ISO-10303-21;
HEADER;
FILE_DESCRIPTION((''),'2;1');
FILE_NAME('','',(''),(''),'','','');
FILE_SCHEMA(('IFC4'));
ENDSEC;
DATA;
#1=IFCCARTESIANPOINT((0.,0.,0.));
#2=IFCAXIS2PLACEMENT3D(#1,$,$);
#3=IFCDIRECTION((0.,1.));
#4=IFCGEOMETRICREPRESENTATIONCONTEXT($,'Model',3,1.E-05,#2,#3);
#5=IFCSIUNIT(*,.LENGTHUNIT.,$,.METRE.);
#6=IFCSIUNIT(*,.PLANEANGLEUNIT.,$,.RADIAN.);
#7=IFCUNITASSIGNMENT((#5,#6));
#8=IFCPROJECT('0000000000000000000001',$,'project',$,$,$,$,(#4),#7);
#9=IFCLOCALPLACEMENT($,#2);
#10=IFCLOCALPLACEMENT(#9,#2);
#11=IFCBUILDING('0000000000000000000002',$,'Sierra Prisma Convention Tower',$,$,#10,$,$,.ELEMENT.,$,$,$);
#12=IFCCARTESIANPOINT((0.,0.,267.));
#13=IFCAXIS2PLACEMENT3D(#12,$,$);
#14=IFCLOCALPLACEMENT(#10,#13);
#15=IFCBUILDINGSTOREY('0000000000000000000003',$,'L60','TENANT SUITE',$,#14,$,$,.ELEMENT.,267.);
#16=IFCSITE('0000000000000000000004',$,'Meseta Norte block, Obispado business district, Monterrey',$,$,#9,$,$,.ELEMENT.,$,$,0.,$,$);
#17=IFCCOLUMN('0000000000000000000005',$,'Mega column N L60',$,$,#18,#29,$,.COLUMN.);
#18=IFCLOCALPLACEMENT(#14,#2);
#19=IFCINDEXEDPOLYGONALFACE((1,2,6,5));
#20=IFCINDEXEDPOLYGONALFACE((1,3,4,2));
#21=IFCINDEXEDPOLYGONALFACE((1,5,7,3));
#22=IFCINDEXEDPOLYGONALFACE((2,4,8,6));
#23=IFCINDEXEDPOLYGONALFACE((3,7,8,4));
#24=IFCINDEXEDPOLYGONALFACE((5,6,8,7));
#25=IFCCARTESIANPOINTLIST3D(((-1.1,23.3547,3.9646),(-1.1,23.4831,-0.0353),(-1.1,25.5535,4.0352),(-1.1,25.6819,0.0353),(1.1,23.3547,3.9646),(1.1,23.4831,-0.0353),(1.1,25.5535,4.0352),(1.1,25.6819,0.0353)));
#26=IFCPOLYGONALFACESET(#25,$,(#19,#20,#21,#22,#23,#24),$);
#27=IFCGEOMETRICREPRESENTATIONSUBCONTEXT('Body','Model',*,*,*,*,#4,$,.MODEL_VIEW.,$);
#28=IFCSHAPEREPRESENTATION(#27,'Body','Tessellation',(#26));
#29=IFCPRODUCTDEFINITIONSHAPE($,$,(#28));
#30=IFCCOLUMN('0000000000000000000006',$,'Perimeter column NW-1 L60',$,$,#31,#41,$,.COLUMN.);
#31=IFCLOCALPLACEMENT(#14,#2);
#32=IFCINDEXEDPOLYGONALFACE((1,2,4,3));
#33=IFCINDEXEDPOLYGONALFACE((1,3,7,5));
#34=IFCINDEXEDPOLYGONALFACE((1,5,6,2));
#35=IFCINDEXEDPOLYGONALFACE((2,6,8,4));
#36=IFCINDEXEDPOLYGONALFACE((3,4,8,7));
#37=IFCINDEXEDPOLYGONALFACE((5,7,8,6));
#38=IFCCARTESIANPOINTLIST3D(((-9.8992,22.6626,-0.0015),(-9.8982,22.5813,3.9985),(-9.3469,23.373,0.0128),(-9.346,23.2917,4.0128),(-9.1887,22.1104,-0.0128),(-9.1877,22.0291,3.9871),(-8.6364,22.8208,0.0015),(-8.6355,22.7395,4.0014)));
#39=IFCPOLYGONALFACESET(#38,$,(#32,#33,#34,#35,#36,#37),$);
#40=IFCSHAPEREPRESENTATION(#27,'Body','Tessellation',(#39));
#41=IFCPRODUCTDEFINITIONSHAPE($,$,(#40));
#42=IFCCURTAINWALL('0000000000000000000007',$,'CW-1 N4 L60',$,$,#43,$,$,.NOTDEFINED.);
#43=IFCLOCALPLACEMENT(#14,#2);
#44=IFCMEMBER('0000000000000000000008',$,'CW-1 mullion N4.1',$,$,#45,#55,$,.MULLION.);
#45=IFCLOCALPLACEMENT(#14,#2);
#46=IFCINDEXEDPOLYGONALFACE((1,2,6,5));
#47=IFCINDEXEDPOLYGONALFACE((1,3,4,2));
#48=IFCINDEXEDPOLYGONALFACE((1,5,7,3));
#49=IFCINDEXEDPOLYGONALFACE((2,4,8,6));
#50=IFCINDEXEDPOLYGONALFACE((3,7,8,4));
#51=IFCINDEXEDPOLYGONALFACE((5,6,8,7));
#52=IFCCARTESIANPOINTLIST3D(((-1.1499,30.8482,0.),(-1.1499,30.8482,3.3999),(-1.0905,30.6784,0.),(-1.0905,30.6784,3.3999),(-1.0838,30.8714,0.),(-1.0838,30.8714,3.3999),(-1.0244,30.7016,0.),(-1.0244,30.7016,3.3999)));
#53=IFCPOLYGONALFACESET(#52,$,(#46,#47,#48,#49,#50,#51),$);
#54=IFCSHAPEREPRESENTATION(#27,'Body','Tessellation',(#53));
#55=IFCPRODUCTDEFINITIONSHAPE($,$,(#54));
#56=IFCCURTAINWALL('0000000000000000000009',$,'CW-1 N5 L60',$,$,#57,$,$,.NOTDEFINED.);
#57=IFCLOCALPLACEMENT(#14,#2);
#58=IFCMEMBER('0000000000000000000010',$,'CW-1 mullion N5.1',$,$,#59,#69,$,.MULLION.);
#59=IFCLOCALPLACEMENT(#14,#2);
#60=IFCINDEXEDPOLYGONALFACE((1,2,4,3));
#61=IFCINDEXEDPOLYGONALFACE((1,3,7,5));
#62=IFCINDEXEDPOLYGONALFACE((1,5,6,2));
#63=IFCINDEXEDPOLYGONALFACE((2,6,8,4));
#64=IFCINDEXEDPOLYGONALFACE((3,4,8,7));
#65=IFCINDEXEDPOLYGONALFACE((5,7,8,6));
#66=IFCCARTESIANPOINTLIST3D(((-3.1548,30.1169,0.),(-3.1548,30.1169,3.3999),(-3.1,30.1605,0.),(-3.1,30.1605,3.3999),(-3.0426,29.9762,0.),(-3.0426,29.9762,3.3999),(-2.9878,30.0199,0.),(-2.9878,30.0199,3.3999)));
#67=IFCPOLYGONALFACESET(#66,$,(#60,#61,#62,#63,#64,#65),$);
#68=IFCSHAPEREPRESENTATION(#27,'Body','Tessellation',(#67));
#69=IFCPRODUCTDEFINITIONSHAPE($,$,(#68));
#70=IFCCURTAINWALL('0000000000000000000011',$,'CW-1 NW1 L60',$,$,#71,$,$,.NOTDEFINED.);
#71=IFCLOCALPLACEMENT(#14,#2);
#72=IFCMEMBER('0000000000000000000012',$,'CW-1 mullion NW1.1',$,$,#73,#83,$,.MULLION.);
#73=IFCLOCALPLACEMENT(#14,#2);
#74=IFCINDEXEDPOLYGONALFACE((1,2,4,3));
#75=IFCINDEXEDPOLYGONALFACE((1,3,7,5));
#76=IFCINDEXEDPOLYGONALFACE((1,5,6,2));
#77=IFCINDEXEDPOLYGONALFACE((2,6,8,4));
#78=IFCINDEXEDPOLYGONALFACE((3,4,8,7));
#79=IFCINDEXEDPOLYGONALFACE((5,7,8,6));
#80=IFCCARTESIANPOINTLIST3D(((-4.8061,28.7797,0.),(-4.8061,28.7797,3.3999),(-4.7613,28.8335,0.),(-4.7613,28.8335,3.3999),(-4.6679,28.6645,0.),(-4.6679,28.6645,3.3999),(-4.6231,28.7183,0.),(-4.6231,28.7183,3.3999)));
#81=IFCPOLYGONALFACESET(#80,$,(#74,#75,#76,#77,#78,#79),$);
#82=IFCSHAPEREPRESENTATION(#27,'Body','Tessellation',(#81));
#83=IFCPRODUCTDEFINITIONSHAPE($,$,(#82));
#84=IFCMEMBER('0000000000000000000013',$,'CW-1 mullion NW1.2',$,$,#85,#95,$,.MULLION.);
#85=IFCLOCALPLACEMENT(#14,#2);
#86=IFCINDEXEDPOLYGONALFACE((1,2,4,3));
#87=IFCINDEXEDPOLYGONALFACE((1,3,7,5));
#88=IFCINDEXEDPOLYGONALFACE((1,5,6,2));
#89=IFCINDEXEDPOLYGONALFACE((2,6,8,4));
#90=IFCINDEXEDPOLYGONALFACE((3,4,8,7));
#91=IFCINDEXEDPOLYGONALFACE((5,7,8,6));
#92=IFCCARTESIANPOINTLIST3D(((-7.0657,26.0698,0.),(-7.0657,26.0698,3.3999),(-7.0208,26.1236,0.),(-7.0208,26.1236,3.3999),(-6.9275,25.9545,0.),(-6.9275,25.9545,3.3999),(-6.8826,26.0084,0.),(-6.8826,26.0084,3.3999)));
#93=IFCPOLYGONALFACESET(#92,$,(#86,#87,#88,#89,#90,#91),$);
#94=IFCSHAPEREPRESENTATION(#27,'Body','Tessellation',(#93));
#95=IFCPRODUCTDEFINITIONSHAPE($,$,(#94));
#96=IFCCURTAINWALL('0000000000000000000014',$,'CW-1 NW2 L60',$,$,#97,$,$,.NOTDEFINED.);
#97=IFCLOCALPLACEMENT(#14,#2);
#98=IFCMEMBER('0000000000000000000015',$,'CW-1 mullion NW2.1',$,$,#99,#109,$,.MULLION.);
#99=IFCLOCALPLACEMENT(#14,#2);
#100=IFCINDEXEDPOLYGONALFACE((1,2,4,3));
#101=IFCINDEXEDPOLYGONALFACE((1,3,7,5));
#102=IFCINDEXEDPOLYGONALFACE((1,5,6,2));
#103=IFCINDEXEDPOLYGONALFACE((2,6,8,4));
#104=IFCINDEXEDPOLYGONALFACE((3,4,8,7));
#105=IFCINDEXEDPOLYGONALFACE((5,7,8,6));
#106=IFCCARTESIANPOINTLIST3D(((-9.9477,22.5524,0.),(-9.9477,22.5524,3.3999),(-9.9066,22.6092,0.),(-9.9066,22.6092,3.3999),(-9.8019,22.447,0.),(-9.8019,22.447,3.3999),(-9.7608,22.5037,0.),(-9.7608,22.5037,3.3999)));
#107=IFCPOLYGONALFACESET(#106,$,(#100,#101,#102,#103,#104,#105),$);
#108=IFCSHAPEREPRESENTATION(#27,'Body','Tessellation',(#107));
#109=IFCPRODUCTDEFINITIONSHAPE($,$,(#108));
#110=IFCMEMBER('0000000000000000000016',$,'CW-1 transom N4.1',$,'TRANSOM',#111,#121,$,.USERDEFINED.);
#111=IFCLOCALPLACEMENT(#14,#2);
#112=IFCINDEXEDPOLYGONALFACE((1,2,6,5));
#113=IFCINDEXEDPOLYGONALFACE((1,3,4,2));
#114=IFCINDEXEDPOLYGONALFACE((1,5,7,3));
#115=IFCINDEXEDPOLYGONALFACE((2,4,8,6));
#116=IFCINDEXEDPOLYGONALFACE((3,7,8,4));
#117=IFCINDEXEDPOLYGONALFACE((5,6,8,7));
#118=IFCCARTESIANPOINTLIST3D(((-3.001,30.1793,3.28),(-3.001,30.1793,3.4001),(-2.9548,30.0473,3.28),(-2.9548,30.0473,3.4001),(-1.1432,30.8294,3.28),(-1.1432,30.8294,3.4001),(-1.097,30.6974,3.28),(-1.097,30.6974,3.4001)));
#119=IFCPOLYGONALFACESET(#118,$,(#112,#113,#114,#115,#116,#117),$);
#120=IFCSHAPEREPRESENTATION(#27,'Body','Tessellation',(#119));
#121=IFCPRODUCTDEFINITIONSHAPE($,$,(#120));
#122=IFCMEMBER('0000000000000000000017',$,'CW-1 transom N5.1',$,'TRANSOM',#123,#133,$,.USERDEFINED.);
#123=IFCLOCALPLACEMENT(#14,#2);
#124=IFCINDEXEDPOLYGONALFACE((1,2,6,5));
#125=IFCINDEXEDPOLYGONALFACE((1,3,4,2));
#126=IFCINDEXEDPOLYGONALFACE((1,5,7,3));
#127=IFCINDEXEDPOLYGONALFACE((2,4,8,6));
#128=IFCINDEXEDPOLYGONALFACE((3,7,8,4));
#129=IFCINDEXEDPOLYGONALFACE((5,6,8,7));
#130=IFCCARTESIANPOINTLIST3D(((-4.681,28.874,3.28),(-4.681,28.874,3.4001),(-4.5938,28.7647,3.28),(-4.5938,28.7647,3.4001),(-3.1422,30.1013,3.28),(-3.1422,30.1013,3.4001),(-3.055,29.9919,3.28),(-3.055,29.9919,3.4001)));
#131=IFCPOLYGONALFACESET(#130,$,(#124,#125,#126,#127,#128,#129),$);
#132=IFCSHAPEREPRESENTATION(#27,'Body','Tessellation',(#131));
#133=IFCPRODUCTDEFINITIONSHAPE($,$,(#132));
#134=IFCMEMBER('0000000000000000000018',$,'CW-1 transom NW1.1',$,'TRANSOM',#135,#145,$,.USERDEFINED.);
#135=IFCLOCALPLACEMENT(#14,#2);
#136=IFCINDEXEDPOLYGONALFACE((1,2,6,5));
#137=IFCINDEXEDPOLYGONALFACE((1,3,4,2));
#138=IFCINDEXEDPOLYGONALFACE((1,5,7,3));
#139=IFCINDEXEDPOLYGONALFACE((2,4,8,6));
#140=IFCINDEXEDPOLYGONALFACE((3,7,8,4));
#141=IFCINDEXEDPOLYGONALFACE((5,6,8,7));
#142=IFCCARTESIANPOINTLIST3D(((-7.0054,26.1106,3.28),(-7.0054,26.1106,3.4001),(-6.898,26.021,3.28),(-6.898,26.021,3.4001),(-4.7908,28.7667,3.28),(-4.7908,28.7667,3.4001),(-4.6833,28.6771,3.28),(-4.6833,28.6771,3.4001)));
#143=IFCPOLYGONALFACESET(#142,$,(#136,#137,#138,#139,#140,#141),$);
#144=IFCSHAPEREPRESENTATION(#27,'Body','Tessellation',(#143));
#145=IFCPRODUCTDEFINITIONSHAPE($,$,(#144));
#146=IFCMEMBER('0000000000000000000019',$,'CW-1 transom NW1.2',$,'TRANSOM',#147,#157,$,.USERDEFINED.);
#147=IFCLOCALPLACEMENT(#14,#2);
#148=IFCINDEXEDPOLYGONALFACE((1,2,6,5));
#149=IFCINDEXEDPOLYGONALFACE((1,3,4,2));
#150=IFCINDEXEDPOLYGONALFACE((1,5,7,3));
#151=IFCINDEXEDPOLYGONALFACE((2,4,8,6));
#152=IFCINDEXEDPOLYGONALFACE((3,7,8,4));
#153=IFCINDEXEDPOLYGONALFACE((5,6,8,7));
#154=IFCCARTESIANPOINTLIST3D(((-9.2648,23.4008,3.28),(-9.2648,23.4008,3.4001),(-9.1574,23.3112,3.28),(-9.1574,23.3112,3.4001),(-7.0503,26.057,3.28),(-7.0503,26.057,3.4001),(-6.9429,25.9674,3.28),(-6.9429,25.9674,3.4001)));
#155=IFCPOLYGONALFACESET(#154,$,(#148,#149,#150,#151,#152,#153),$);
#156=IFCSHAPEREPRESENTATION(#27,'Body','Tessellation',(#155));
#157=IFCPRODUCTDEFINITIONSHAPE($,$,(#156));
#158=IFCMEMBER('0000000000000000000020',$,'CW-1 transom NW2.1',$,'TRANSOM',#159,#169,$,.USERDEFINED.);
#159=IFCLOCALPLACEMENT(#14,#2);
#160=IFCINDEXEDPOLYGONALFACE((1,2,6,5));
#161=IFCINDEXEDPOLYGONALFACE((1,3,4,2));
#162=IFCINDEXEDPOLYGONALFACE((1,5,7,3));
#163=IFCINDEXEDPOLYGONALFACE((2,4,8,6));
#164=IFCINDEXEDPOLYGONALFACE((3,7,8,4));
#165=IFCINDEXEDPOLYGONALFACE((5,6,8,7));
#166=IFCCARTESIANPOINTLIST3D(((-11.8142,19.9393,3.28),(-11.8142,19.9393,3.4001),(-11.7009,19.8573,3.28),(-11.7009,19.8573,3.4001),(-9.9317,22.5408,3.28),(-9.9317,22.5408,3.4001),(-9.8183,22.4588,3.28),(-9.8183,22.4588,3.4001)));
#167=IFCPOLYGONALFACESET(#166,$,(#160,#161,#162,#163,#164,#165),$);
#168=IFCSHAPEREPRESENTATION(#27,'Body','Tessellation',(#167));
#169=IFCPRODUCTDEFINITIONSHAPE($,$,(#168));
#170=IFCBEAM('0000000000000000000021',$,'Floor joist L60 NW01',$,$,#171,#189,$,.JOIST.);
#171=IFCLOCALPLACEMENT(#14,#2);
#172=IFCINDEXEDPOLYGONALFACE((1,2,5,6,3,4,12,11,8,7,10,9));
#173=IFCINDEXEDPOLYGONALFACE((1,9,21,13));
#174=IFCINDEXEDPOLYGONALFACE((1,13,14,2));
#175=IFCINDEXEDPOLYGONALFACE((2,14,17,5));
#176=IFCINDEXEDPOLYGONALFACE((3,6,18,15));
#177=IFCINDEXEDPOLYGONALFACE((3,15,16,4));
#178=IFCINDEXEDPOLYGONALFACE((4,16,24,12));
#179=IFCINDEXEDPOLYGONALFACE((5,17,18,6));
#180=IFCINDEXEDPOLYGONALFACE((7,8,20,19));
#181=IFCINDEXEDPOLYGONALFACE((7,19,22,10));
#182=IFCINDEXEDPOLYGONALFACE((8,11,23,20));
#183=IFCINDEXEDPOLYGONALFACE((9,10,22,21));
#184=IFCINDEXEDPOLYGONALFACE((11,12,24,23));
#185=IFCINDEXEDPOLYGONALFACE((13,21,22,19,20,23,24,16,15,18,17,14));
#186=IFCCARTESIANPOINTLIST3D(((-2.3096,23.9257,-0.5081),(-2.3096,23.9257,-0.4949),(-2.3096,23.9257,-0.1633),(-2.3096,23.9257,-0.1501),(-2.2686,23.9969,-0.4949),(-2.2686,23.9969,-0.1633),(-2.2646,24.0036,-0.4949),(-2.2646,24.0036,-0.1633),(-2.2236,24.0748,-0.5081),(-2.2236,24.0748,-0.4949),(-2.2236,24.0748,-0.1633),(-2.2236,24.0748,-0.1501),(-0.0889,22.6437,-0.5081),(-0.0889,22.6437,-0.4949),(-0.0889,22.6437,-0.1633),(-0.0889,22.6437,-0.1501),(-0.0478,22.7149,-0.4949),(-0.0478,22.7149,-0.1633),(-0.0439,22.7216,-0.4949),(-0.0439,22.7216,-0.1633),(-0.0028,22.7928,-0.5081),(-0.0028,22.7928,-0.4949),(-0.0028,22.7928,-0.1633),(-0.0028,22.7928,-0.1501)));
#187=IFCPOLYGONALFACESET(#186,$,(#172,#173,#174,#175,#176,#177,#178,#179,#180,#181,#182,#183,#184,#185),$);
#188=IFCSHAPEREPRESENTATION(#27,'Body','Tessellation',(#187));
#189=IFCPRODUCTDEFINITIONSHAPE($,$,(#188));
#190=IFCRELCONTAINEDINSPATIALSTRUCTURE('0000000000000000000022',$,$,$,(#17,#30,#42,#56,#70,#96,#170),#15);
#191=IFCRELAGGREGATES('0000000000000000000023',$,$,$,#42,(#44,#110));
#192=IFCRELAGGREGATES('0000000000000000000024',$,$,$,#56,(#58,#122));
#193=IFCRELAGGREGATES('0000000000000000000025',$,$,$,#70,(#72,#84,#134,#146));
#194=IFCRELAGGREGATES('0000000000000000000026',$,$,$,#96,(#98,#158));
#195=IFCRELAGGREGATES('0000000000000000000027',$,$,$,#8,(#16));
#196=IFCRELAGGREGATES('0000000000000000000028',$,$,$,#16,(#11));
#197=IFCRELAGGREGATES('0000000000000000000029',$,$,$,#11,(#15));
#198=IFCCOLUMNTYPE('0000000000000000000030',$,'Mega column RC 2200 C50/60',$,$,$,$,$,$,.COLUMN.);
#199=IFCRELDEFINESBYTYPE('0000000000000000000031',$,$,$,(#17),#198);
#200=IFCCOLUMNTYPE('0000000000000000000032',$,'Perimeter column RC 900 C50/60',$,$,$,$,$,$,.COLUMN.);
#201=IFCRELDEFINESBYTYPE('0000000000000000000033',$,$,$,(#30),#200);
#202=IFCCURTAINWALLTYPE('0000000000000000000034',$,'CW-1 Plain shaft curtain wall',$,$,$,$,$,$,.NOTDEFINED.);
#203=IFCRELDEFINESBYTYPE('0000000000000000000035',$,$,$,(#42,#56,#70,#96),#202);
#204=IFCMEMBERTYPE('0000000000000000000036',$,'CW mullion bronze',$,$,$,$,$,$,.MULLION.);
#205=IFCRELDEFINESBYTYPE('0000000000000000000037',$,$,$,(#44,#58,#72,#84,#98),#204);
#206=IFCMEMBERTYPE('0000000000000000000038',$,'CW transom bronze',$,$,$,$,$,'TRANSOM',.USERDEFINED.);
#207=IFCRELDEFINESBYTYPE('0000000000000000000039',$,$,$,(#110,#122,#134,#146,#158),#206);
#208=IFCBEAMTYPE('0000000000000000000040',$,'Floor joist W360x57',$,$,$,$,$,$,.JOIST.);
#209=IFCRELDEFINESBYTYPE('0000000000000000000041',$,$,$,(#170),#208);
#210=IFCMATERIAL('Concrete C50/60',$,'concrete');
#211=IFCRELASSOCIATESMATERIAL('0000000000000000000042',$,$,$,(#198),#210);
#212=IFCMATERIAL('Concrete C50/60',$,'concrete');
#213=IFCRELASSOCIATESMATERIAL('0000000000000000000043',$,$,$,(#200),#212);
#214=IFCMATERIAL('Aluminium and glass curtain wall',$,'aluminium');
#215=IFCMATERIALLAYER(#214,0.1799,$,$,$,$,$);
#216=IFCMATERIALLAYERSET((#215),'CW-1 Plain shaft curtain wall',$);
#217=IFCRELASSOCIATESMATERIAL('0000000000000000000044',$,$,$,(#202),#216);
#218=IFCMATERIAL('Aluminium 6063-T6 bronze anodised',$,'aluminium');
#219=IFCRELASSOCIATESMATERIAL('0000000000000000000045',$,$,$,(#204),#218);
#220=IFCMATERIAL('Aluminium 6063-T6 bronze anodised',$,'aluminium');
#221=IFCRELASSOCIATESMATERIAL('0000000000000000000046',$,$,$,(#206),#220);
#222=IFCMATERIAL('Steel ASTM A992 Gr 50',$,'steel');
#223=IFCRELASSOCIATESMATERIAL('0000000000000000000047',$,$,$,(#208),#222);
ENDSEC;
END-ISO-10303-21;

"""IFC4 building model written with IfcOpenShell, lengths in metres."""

from ifc_helpers import new_model, si_unit, direction, frame, origin, origin_2d, place, context, subcontext, project, spatial, rectangle, i_section, extrude, material, layer, layer_set, material_profile, profile_set, type_object, element, aggregate, save


model = new_model("IFC4")

# Units and contexts
model_context = context("Model", 3, precision=1e-05, world=origin(), true_north=direction((0.0, 1.0)))
body_context = subcontext(model_context, "Body", "Model", "MODEL_VIEW")
ifc_project = project(units=[si_unit("LENGTHUNIT", "METRE"), si_unit("PLANEANGLEUNIT", "RADIAN")], contexts=[model_context])

# Site, building, storey
site_placement = place(None, origin())
site = spatial("IfcSite", under=ifc_project, at=site_placement, Name="Meseta Norte block, Obispado business district, Monterrey", CompositionType="ELEMENT", RefElevation=0.0)
building_placement = place(site_placement, origin())
building = spatial("IfcBuilding", under=site, at=building_placement, Name="Sierra Prisma Convention Tower", CompositionType="ELEMENT")
storey_placement = place(building_placement, frame((0.0, 0.0, 267.0)))
storey = spatial("IfcBuildingStorey", under=building, at=storey_placement, Name="L60", Description="TENANT SUITE", CompositionType="ELEMENT", Elevation=267.0)

# Columns
ifc_material_1 = material(Name="Concrete C50/60", Category="concrete")
ifc_material_profile_1 = material_profile(ifc_material_1, rectangle(XDim=2.2, YDim=2.2, at=origin_2d()), Name="Mega column RC 2200 C50/60")
ifc_profile_set_1 = profile_set([ifc_material_profile_1], Name="Concrete C50/60")
column_type_1 = type_object("IfcColumnType", Name="Mega column RC 2200 C50/60", PredefinedType="COLUMN", material=ifc_profile_set_1)
column_1_placement = place(storey_placement, frame((0.0, 24.5825, 0.0), z_axis=(0.0, -0.032088, 0.999485), x_axis=(1.0, 0.0, 0.0)))
element("IfcColumn", 1, at=column_1_placement, inside=storey, type_object=column_type_1, Name="Mega column N L60", PredefinedType="COLUMN", context=body_context, shape_type="SweptSolid", body=[
    extrude(rectangle(XDim=2.2, YDim=2.2, at=origin_2d()), origin(), (0.0, 0.0, 1.0), 4.002),
])
ifc_material_2 = material(Name="Concrete C50/60", Category="concrete")
ifc_material_profile_2 = material_profile(ifc_material_2, rectangle(XDim=0.8999, YDim=0.8999, at=origin_2d()), Name="Perimeter column RC 900 C50/60")
ifc_profile_set_2 = profile_set([ifc_material_profile_2], Name="Concrete C50/60")
column_type_2 = type_object("IfcColumnType", Name="Perimeter column RC 900 C50/60", PredefinedType="COLUMN", material=ifc_profile_set_2)
column_2_placement = place(storey_placement, frame((-9.2678, 22.7417, 0.0), z_axis=(0.000244, -0.020321, 0.999793), x_axis=(0.613691, 0.789386, 0.015894)))
element("IfcColumn", 2, at=column_2_placement, inside=storey, type_object=column_type_2, Name="Perimeter column NW-1 L60", PredefinedType="COLUMN", context=body_context, shape_type="SweptSolid", body=[
    extrude(rectangle(XDim=0.8999, YDim=0.8999, at=origin_2d()), origin(), (0.0, 0.0, 1.0), 4.0007),
])

# Curtain walls, members
ifc_material_3 = material(Name="Aluminium and glass curtain wall", Category="aluminium")
ifc_layer_1 = layer(ifc_material_3, 0.1799)
ifc_layer_set_1 = layer_set([ifc_layer_1], Name="CW-1 Plain shaft curtain wall")
curtain_wall_type = type_object("IfcCurtainWallType", Name="CW-1 Plain shaft curtain wall", PredefinedType="NOTDEFINED", material=ifc_layer_set_1)
curtain_wall_1_placement = place(storey_placement, origin())
curtain_wall_1 = element("IfcCurtainWall", 3, at=curtain_wall_1_placement, inside=storey, type_object=curtain_wall_type, Name="CW-1 N4 L60", PredefinedType="NOTDEFINED")
ifc_material_4 = material(Name="Aluminium 6063-T6 bronze anodised", Category="aluminium")
ifc_material_profile_3 = material_profile(ifc_material_4, rectangle(XDim=0.1799, YDim=0.0701, at=origin_2d()), Name="ALU MULLION 70x180")
ifc_profile_set_3 = profile_set([ifc_material_profile_3], Name="Aluminium 6063-T6 bronze anodised")
member_type_1 = type_object("IfcMemberType", Name="CW mullion bronze", PredefinedType="MULLION", material=ifc_profile_set_3)
member_1_placement = place(storey_placement, frame((-1.0872, 30.7749, 0.0), z_axis=(0.0, 0.0, 1.0), x_axis=(0.330282, -0.943882, 0.0)))
member_1 = element("IfcMember", 4, at=member_1_placement, type_object=member_type_1, Name="CW-1 mullion N4.1", PredefinedType="MULLION", context=body_context, shape_type="SweptSolid", body=[
    extrude(rectangle(XDim=0.1799, YDim=0.0701, at=origin_2d()), origin(), (0.0, 0.0, 1.0), 3.3999),
])
curtain_wall_2_placement = place(storey_placement, origin())
curtain_wall_2 = element("IfcCurtainWall", 5, at=curtain_wall_2_placement, inside=storey, type_object=curtain_wall_type, Name="CW-1 N5 L60", PredefinedType="NOTDEFINED")
member_2_placement = place(storey_placement, frame((-3.0713, 30.0684, 0.0), z_axis=(0.0, 0.0, 1.0), x_axis=(0.623494, -0.781828, 0.0)))
member_2 = element("IfcMember", 6, at=member_2_placement, type_object=member_type_1, Name="CW-1 mullion N5.1", PredefinedType="MULLION", context=body_context, shape_type="SweptSolid", body=[
    extrude(rectangle(XDim=0.1799, YDim=0.0701, at=origin_2d()), origin(), (0.0, 0.0, 1.0), 3.3999),
])

# Curtain wall, members
curtain_wall_3_placement = place(storey_placement, origin())
curtain_wall_3 = element("IfcCurtainWall", 7, at=curtain_wall_3_placement, inside=storey, type_object=curtain_wall_type, Name="CW-1 NW1 L60", PredefinedType="NOTDEFINED")
member_3_placement = place(storey_placement, frame((-4.7146, 28.749, 0.0), z_axis=(0.0, 0.0, 1.0), x_axis=(0.768048, -0.640393, 0.0)))
member_3 = element("IfcMember", 8, at=member_3_placement, type_object=member_type_1, Name="CW-1 mullion NW1.1", PredefinedType="MULLION", context=body_context, shape_type="SweptSolid", body=[
    extrude(rectangle(XDim=0.1799, YDim=0.0701, at=origin_2d()), origin(), (0.0, 0.0, 1.0), 3.3999),
])
member_4_placement = place(storey_placement, frame((-6.9741, 26.0391, 0.0), z_axis=(0.0, 0.0, 1.0), x_axis=(0.768048, -0.640393, 0.0)))
member_4 = element("IfcMember", 9, at=member_4_placement, type_object=member_type_1, Name="CW-1 mullion NW1.2", PredefinedType="MULLION", context=body_context, shape_type="SweptSolid", body=[
    extrude(rectangle(XDim=0.1799, YDim=0.0701, at=origin_2d()), origin(), (0.0, 0.0, 1.0), 3.3999),
])

# Curtain wall, member
curtain_wall_4_placement = place(storey_placement, origin())
curtain_wall_4 = element("IfcCurtainWall", 10, at=curtain_wall_4_placement, inside=storey, type_object=curtain_wall_type, Name="CW-1 NW2 L60", PredefinedType="NOTDEFINED")
member_5_placement = place(storey_placement, frame((-9.8542, 22.5281, 0.0), z_axis=(0.0, 0.0, 1.0), x_axis=(0.810117, -0.586269, 0.0)))
member_5 = element("IfcMember", 11, at=member_5_placement, type_object=member_type_1, Name="CW-1 mullion NW2.1", PredefinedType="MULLION", context=body_context, shape_type="SweptSolid", body=[
    extrude(rectangle(XDim=0.1799, YDim=0.0701, at=origin_2d()), origin(), (0.0, 0.0, 1.0), 3.3999),
])

# Members
ifc_material_5 = material(Name="Aluminium 6063-T6 bronze anodised", Category="aluminium")
ifc_material_profile_4 = material_profile(ifc_material_5, rectangle(XDim=0.1399, YDim=0.1201, at=origin_2d()), Name="ALU TRANSOM 120x140")
ifc_profile_set_4 = profile_set([ifc_material_profile_4], Name="Aluminium 6063-T6 bronze anodised")
member_type_2 = type_object("IfcMemberType", Name="CW transom bronze", ElementType="TRANSOM", PredefinedType="USERDEFINED", material=ifc_profile_set_4)
member_6_placement = place(storey_placement, frame((-1.1201, 30.7634, 3.3401), z_axis=(-0.943878, -0.330295, 0.0), x_axis=(0.330295, -0.943878, 0.0)))
member_6 = element("IfcMember", 12, at=member_6_placement, type_object=member_type_2, Name="CW-1 transom N4.1", ObjectType="TRANSOM", PredefinedType="USERDEFINED", context=body_context, shape_type="SweptSolid", body=[
    extrude(rectangle(XDim=0.1399, YDim=0.1201, at=origin_2d()), origin(), (0.0, 0.0, 1.0), 1.9683),
])
member_7_placement = place(storey_placement, frame((-3.0986, 30.0466, 3.3401), z_axis=(-0.7818, -0.62353, 0.0), x_axis=(0.62353, -0.7818, 0.0)))
member_7 = element("IfcMember", 13, at=member_7_placement, type_object=member_type_2, Name="CW-1 transom N5.1", ObjectType="TRANSOM", PredefinedType="USERDEFINED", context=body_context, shape_type="SweptSolid", body=[
    extrude(rectangle(XDim=0.1399, YDim=0.1201, at=origin_2d()), origin(), (0.0, 0.0, 1.0), 1.9683),
])
member_8_placement = place(storey_placement, frame((-4.7371, 28.7219, 3.3401), z_axis=(-0.6404, -0.768042, 0.0), x_axis=(0.768042, -0.6404, 0.0)))
member_8 = element("IfcMember", 14, at=member_8_placement, type_object=member_type_2, Name="CW-1 transom NW1.1", ObjectType="TRANSOM", PredefinedType="USERDEFINED", context=body_context, shape_type="SweptSolid", body=[
    extrude(rectangle(XDim=0.1399, YDim=0.1201, at=origin_2d()), origin(), (0.0, 0.0, 1.0), 3.4583),
])
member_9_placement = place(storey_placement, frame((-6.9966, 26.0122, 3.3401), z_axis=(-0.640365, -0.768071, 0.0), x_axis=(0.768071, -0.640365, 0.0)))
member_9 = element("IfcMember", 15, at=member_9_placement, type_object=member_type_2, Name="CW-1 transom NW1.2", ObjectType="TRANSOM", PredefinedType="USERDEFINED", context=body_context, shape_type="SweptSolid", body=[
    extrude(rectangle(XDim=0.1399, YDim=0.1201, at=origin_2d()), origin(), (0.0, 0.0, 1.0), 3.4583),
])
member_10_placement = place(storey_placement, frame((-9.875, 22.4998, 3.3401), z_axis=(-0.58624, -0.810138, 0.0), x_axis=(0.810138, -0.58624, 0.0)))
member_10 = element("IfcMember", 16, at=member_10_placement, type_object=member_type_2, Name="CW-1 transom NW2.1", ObjectType="TRANSOM", PredefinedType="USERDEFINED", context=body_context, shape_type="SweptSolid", body=[
    extrude(rectangle(XDim=0.1399, YDim=0.1201, at=origin_2d()), origin(), (0.0, 0.0, 1.0), 3.2112),
])

# Beam
ifc_material_6 = material(Name="Steel ASTM A992 Gr 50", Category="steel")
ifc_material_profile_5 = material_profile(ifc_material_6, i_section(OverallWidth=0.1721, OverallDepth=0.3579, WebThickness=0.0078, FlangeThickness=0.0132, at=origin_2d()), Name="W360x57")
ifc_profile_set_5 = profile_set([ifc_material_profile_5], Name="Steel ASTM A992 Gr 50")
beam_type_1 = type_object("IfcBeamType", Name="Floor joist W360x57", PredefinedType="JOIST", material=ifc_profile_set_5)
beam_1_placement = place(storey_placement, frame((-2.2666, 24.0002, -0.3291), z_axis=(0.866049, -0.499959, 0.0), x_axis=(0.499959, 0.866049, 0.0)))
element("IfcBeam", 17, at=beam_1_placement, inside=storey, type_object=beam_type_1, Name="Floor joist L60 NW01", PredefinedType="JOIST", context=body_context, shape_type="SweptSolid", body=[
    extrude(i_section(OverallWidth=0.1721, OverallDepth=0.3579, WebThickness=0.0078, FlangeThickness=0.0132, at=origin_2d()), origin(), (0.0, 0.0, 1.0), 2.5642),
])

aggregate(curtain_wall_1, [member_1, member_6])
aggregate(curtain_wall_2, [member_2, member_7])
aggregate(curtain_wall_3, [member_3, member_4, member_8, member_9])
aggregate(curtain_wall_4, [member_5, member_10])

save(model, "model.ifc")
